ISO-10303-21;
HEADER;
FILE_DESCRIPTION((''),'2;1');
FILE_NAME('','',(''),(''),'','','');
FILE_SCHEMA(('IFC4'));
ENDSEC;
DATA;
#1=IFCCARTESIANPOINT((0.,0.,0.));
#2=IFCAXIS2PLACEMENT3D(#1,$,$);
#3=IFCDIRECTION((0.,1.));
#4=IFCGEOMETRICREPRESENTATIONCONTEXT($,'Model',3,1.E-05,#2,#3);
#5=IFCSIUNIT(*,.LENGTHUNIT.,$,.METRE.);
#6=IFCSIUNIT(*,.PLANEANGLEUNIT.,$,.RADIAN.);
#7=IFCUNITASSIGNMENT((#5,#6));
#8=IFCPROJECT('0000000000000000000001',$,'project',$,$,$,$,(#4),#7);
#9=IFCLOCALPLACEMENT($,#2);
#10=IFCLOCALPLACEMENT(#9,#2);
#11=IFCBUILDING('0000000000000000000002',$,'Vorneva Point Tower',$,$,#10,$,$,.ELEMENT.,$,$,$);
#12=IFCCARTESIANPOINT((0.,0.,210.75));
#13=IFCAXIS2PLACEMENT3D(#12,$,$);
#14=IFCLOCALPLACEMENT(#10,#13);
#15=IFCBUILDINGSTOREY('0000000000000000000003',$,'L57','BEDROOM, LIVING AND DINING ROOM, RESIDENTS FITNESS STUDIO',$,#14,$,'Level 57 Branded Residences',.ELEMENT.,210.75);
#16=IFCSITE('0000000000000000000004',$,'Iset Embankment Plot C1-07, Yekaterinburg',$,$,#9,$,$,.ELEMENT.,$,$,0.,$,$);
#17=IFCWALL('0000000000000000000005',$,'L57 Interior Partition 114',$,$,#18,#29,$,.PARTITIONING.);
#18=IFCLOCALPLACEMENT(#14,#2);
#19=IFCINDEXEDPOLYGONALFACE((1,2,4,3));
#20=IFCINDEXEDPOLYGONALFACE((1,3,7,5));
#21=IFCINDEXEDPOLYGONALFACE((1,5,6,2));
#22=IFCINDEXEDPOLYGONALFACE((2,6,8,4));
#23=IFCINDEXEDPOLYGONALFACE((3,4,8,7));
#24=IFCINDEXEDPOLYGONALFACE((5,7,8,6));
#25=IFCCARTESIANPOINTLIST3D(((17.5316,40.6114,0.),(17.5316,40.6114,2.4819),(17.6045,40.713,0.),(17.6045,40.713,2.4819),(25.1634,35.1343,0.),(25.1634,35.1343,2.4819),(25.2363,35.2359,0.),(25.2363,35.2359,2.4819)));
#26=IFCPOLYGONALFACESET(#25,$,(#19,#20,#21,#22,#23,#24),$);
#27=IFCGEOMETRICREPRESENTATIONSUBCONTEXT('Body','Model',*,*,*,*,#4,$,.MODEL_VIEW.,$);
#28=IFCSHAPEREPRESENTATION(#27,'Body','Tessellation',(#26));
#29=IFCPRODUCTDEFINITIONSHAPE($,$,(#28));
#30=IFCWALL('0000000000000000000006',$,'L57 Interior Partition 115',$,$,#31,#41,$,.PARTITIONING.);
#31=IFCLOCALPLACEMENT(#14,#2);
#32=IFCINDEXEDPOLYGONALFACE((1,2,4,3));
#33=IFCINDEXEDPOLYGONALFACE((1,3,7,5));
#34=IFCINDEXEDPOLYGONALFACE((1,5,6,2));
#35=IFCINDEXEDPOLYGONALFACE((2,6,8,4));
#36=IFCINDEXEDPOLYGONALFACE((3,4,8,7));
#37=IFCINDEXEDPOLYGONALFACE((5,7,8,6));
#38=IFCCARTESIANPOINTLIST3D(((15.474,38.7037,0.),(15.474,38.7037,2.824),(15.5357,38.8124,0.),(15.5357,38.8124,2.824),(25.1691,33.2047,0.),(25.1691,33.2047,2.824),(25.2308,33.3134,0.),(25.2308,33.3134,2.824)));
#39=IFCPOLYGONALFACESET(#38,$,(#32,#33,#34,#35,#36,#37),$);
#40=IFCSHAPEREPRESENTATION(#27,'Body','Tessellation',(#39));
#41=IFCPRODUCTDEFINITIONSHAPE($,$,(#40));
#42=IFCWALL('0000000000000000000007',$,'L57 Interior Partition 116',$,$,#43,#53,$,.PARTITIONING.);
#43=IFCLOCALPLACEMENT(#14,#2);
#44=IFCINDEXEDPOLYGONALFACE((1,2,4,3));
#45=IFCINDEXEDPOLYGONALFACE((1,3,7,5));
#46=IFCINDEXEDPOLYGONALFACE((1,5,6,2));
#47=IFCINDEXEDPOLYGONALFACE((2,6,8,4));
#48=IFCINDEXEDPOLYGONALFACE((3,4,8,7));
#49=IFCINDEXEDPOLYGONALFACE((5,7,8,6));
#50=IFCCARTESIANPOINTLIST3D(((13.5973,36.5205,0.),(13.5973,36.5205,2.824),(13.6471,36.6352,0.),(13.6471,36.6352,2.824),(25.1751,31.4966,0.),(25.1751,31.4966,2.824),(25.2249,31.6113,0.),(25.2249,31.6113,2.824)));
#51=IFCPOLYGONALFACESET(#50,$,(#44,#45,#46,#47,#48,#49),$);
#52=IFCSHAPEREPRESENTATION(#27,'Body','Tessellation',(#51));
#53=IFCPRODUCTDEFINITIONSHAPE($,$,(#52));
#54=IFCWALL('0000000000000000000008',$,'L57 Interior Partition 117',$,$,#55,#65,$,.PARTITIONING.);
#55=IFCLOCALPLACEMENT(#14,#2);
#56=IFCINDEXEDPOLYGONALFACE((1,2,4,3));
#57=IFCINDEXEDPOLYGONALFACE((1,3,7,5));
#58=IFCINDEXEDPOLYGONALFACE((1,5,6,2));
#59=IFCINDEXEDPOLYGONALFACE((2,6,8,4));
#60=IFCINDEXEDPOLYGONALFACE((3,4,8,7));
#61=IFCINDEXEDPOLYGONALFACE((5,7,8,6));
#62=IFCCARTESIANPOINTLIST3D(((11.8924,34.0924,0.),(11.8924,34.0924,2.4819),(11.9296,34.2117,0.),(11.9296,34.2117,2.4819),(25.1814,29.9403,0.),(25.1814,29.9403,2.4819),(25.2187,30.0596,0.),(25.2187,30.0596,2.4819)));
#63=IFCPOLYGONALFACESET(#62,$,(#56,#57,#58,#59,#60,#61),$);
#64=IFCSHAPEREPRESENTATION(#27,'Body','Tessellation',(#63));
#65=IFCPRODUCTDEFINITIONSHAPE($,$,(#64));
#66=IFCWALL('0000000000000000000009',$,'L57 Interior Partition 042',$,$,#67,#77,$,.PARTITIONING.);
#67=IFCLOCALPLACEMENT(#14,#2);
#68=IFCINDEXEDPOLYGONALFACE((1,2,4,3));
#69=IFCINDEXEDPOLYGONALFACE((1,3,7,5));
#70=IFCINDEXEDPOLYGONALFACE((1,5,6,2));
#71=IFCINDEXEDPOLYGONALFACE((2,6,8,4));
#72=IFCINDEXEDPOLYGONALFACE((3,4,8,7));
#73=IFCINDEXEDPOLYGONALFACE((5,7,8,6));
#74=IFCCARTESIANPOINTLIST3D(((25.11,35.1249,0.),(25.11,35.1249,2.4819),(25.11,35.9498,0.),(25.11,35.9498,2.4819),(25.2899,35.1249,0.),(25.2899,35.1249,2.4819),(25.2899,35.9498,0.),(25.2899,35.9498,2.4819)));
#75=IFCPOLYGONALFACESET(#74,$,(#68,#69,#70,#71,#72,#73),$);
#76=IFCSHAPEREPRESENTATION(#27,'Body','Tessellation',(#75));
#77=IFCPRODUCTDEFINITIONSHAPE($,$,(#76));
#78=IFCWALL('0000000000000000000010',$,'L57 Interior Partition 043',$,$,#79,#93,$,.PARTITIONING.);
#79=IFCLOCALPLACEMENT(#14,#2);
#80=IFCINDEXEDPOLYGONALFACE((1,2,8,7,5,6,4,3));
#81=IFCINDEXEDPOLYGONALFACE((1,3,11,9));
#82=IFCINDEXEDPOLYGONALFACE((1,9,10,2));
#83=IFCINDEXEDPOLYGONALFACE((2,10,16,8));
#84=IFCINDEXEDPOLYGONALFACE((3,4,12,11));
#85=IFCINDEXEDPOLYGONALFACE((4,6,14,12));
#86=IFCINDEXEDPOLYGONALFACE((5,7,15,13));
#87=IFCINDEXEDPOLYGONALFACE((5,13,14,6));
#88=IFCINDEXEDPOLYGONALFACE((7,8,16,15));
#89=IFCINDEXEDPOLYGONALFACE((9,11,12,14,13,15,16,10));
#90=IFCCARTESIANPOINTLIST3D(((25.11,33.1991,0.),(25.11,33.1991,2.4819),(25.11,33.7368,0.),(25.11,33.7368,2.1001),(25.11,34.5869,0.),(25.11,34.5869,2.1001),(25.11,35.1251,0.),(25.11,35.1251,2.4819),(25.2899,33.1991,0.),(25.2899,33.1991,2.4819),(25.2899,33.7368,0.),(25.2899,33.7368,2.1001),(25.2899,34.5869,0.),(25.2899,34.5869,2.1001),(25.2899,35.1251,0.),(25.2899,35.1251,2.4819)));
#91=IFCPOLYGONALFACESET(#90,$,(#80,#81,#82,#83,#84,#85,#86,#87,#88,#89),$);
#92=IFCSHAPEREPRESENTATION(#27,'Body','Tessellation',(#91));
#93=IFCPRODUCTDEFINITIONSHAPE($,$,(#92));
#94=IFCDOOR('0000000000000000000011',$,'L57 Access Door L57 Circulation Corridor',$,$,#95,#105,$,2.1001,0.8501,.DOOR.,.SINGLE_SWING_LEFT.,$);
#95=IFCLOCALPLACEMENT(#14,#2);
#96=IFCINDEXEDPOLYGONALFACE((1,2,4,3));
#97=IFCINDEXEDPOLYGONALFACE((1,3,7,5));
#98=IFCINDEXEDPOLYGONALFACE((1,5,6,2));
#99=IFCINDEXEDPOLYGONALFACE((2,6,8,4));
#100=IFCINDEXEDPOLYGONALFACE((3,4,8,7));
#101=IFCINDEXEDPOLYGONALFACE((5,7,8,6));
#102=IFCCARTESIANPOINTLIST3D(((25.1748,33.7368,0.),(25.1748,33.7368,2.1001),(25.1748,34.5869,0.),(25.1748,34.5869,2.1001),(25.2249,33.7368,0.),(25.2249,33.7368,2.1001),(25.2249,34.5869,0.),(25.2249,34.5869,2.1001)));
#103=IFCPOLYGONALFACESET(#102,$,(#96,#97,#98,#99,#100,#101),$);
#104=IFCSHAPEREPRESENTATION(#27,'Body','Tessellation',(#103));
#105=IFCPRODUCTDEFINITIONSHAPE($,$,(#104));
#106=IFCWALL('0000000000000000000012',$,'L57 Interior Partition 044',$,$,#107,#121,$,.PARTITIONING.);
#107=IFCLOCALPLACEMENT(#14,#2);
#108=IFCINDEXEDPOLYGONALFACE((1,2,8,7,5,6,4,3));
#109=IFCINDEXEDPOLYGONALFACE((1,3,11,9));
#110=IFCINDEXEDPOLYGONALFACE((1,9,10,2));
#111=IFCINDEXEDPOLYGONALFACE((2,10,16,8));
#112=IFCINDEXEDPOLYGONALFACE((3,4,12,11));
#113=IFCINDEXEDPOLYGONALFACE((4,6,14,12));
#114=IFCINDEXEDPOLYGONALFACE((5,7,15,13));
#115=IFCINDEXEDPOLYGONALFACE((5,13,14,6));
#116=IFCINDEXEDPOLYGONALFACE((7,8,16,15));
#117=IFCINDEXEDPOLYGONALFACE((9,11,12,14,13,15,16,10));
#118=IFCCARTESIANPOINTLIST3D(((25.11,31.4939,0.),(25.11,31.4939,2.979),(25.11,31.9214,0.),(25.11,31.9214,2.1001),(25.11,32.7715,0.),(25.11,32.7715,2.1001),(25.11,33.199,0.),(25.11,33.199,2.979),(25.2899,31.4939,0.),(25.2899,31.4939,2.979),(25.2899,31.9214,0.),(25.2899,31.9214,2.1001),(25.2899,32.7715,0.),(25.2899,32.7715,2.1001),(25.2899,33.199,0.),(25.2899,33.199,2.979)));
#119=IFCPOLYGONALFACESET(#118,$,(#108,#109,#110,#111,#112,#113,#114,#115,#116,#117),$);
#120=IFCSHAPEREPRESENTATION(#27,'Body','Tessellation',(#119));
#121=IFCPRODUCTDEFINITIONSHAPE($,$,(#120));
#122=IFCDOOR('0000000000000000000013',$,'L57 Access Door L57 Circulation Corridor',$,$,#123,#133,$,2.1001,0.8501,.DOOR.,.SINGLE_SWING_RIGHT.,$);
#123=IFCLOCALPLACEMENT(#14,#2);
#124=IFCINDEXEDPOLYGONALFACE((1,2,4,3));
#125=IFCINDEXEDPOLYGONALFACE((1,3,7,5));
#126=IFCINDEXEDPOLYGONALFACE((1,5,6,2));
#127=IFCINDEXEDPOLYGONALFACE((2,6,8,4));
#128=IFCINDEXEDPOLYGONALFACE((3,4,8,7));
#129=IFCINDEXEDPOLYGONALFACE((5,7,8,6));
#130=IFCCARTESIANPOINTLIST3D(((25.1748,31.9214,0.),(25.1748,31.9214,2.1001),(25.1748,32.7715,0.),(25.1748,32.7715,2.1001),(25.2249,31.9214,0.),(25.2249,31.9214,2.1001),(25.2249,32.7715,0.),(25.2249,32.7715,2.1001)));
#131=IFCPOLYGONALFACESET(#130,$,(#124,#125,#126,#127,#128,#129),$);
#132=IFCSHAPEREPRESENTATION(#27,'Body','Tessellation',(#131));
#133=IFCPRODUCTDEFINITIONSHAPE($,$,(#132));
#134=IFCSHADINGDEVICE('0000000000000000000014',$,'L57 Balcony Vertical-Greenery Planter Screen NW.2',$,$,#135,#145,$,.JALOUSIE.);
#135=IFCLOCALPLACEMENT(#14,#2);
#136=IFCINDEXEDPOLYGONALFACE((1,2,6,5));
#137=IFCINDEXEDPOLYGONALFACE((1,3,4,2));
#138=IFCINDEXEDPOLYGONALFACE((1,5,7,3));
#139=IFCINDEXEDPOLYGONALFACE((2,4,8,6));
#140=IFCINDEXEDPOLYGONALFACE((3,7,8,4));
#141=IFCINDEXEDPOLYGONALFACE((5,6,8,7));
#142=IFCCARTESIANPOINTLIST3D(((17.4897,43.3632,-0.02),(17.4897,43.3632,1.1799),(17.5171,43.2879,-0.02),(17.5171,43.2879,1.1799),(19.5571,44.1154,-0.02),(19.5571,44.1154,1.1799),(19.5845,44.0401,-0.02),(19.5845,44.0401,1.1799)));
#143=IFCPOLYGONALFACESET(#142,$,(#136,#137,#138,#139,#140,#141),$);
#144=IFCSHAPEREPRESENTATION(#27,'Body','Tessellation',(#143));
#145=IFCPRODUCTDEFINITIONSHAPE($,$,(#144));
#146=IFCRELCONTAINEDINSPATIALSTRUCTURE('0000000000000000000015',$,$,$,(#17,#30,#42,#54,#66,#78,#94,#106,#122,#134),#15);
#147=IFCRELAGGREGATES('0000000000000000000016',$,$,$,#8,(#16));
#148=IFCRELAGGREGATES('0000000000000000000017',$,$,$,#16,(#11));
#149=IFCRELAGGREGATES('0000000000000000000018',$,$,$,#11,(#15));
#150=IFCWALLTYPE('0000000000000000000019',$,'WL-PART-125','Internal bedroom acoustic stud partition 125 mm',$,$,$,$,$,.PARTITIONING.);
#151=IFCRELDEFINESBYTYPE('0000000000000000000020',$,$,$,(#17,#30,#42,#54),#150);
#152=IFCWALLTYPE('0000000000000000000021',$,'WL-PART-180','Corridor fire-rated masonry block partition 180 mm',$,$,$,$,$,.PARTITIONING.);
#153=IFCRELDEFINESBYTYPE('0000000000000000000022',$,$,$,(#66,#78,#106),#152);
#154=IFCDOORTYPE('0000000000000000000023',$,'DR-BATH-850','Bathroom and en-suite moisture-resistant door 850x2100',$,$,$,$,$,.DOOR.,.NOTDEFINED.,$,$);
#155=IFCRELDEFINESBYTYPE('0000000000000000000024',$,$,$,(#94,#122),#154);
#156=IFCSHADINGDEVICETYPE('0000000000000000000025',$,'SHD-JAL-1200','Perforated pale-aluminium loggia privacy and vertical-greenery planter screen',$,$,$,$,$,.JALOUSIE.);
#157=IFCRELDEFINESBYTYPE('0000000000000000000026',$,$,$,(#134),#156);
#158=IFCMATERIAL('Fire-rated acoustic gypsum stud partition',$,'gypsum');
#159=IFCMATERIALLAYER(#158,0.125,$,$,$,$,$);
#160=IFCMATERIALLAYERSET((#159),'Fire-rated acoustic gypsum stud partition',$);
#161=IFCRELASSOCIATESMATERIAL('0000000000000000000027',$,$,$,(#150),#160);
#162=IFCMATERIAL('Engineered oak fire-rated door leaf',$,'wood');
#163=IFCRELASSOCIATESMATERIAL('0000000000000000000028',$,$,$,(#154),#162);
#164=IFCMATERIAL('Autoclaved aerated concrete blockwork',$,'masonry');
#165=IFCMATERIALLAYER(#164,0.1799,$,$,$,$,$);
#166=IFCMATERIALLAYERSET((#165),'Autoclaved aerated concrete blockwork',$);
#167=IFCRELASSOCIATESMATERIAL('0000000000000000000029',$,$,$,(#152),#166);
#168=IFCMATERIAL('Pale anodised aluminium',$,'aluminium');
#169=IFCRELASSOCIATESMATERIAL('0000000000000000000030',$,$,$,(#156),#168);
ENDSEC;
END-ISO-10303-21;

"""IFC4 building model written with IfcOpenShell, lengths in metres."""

from ifc_helpers import new_model, si_unit, direction, frame, frame_2d, origin, origin_2d, place, context, subcontext, project, spatial, rectangle, extrude, material, layer, layer_set, type_object, element, fill, save


model = new_model("IFC4")

# Units and contexts
model_context = context("Model", 3, precision=1e-05, world=origin(), true_north=direction((0.0, 1.0)))
body_context = subcontext(model_context, "Body", "Model", "MODEL_VIEW")
ifc_project = project(units=[si_unit("LENGTHUNIT", "METRE"), si_unit("PLANEANGLEUNIT", "RADIAN")], contexts=[model_context])

# Site, building, storey
site_placement = place(None, origin())
site = spatial("IfcSite", under=ifc_project, at=site_placement, Name="Iset Embankment Plot C1-07, Yekaterinburg", CompositionType="ELEMENT", RefElevation=0.0)
building_placement = place(site_placement, origin())
building = spatial("IfcBuilding", under=site, at=building_placement, Name="Vorneva Point Tower", CompositionType="ELEMENT")
storey_placement = place(building_placement, frame((0.0, 0.0, 210.75)))
storey = spatial("IfcBuildingStorey", under=building, at=storey_placement, Name="L57", Description="BEDROOM, LIVING AND DINING ROOM, RESIDENTS FITNESS STUDIO", LongName="Level 57 Branded Residences", CompositionType="ELEMENT", Elevation=210.75)

# Shared definitions
ifc_material_1 = material(Name="Pale anodised aluminium", Category="aluminium")

# Shared definitions
ifc_material_2 = material(Name="Fire-rated acoustic gypsum stud partition", Category="gypsum")
ifc_layer_1 = layer(ifc_material_2, 0.125)
ifc_layer_set_1 = layer_set([ifc_layer_1], Name="Fire-rated acoustic gypsum stud partition")
wall_type_1 = type_object("IfcWallType", Name="WL-PART-125", Description="Internal bedroom acoustic stud partition 125 mm", PredefinedType="PARTITIONING", material=ifc_layer_set_1)

# Shared definitions
ifc_material_3 = material(Name="Engineered oak fire-rated door leaf", Category="wood")
door_type = type_object("IfcDoorType", Name="DR-BATH-850", Description="Bathroom and en-suite moisture-resistant door 850x2100", OperationType="NOTDEFINED", PredefinedType="DOOR", material=ifc_material_3)

# Walls
wall_1_placement = place(storey_placement, frame((17.5681, 40.6621, 0.0), z_axis=(0.0, 0.0, 1.0), x_axis=(0.812435, -0.583051, 0.0)))
element("IfcWall", 1, at=wall_1_placement, inside=storey, type_object=wall_type_1, Name="L57 Interior Partition 114", PredefinedType="PARTITIONING", context=body_context, shape_type="SweptSolid", body=[
    extrude(rectangle(XDim=9.3938, YDim=0.125, at=frame_2d((4.6968, 0.0))), origin(), (0.0, 0.0, 1.0), 2.4819),
])
wall_2_placement = place(storey_placement, frame((15.5049, 38.7581, 0.0), z_axis=(0.0, 0.0, 1.0), x_axis=(0.869824, -0.493362, 0.0)))
element("IfcWall", 2, at=wall_2_placement, inside=storey, type_object=wall_type_1, Name="L57 Interior Partition 115", PredefinedType="PARTITIONING", context=body_context, shape_type="SweptSolid", body=[
    extrude(rectangle(XDim=11.146, YDim=0.125, at=frame_2d((5.573, 0.0))), origin(), (0.0, 0.0, 1.0), 2.824),
])
wall_3_placement = place(storey_placement, frame((13.6221, 36.5779, 0.0), z_axis=(0.0, 0.0, 1.0), x_axis=(0.917358, -0.398064, 0.0)))
element("IfcWall", 3, at=wall_3_placement, inside=storey, type_object=wall_type_1, Name="L57 Interior Partition 116", PredefinedType="PARTITIONING", context=body_context, shape_type="SweptSolid", body=[
    extrude(rectangle(XDim=12.6208, YDim=0.125, at=frame_2d((6.3105, 0.0))), origin(), (0.0, 0.0, 1.0), 2.824),
])
wall_4_placement = place(storey_placement, frame((11.9109, 34.1521, 0.0), z_axis=(0.0, 0.0, 1.0), x_axis=(0.954495, -0.298227, 0.0)))
element("IfcWall", 4, at=wall_4_placement, inside=storey, type_object=wall_type_1, Name="L57 Interior Partition 117", PredefinedType="PARTITIONING", context=body_context, shape_type="SweptSolid", body=[
    extrude(rectangle(XDim=13.9226, YDim=0.125, at=frame_2d((6.9614, 0.0))), origin(), (0.0, 0.0, 1.0), 2.4819),
])
ifc_material_4 = material(Name="Autoclaved aerated concrete blockwork", Category="masonry")
ifc_layer_2 = layer(ifc_material_4, 0.1799)
ifc_layer_set_2 = layer_set([ifc_layer_2], Name="Autoclaved aerated concrete blockwork")
wall_type_2 = type_object("IfcWallType", Name="WL-PART-180", Description="Corridor fire-rated masonry block partition 180 mm", PredefinedType="PARTITIONING", material=ifc_layer_set_2)
wall_5_placement = place(storey_placement, frame((25.2, 35.95, 0.0), z_axis=(0.0, 0.0, 1.0), x_axis=(0.0, -1.0, 0.0)))
element("IfcWall", 5, at=wall_5_placement, inside=storey, type_object=wall_type_2, Name="L57 Interior Partition 042", PredefinedType="PARTITIONING", context=body_context, shape_type="SweptSolid", body=[
    extrude(rectangle(XDim=0.825, YDim=0.1799, at=frame_2d((0.4126, 0.0))), origin(), (0.0, 0.0, 1.0), 2.4819),
])

# Walls, openings, doors
wall_6_placement = place(storey_placement, frame((25.2, 35.125, 0.0), z_axis=(0.0, 0.0, 1.0), x_axis=(0.0, -1.0, 0.0)))
wall_6 = element("IfcWall", 6, at=wall_6_placement, inside=storey, type_object=wall_type_2, Name="L57 Interior Partition 043", PredefinedType="PARTITIONING", context=body_context, shape_type="SweptSolid", body=[
    extrude(rectangle(XDim=1.926, YDim=0.1799, at=frame_2d((0.9629, 0.0))), origin(), (0.0, 0.0, 1.0), 2.4819),
])
opening_1_placement = place(wall_6_placement, frame((0.5381, 0.0, 0.0)))
opening_1 = element("IfcOpeningElement", 7, at=opening_1_placement, cuts=wall_6, PredefinedType="OPENING", context=body_context, shape_type="SweptSolid", body=[
    extrude(rectangle(XDim=0.8501, YDim=2.1001, at=frame_2d((0.425, 1.05))), frame((0.0, 0.105, 0.0), z_axis=(0.0, -1.0, 0.0), x_axis=(1.0, 0.0, 0.0)), (0.0, 0.0, 1.0), 0.2097),
])
door_1_placement = place(opening_1_placement, origin())
door_1 = element("IfcDoor", 8, at=door_1_placement, inside=storey, type_object=door_type, Name="L57 Access Door L57 Circulation Corridor", OperationType="SINGLE_SWING_LEFT", OverallHeight=2.1001, OverallWidth=0.8501, PredefinedType="DOOR", context=body_context, shape_type="SweptSolid", body=[
    extrude(rectangle(XDim=0.8501, YDim=2.1001, at=frame_2d((0.425, 1.05))), frame((0.0, 0.0249, 0.0), z_axis=(0.0, -1.0, 0.0), x_axis=(1.0, 0.0, 0.0)), (0.0, 0.0, 1.0), 0.05),
])
fill(opening_1, door_1)
wall_7_placement = place(storey_placement, frame((25.2, 33.199, 0.0), z_axis=(0.0, 0.0, 1.0), x_axis=(0.0, -1.0, 0.0)))
wall_7 = element("IfcWall", 9, at=wall_7_placement, inside=storey, type_object=wall_type_2, Name="L57 Interior Partition 044", PredefinedType="PARTITIONING", context=body_context, shape_type="SweptSolid", body=[
    extrude(rectangle(XDim=1.7051, YDim=0.1799, at=frame_2d((0.8525, 0.0))), origin(), (0.0, 0.0, 1.0), 2.979),
])
opening_2_placement = place(wall_7_placement, frame((0.4275, 0.0, 0.0)))
opening_2 = element("IfcOpeningElement", 10, at=opening_2_placement, cuts=wall_7, PredefinedType="OPENING", context=body_context, shape_type="SweptSolid", body=[
    extrude(rectangle(XDim=0.8501, YDim=2.1001, at=frame_2d((0.425, 1.05))), frame((0.0, 0.105, 0.0), z_axis=(0.0, -1.0, 0.0), x_axis=(1.0, 0.0, 0.0)), (0.0, 0.0, 1.0), 0.2097),
])
door_2_placement = place(opening_2_placement, origin())
door_2 = element("IfcDoor", 11, at=door_2_placement, inside=storey, type_object=door_type, Name="L57 Access Door L57 Circulation Corridor", OperationType="SINGLE_SWING_RIGHT", OverallHeight=2.1001, OverallWidth=0.8501, PredefinedType="DOOR", context=body_context, shape_type="SweptSolid", body=[
    extrude(rectangle(XDim=0.8501, YDim=2.1001, at=frame_2d((0.425, 1.05))), frame((0.0, 0.0249, 0.0), z_axis=(0.0, -1.0, 0.0), x_axis=(1.0, 0.0, 0.0)), (0.0, 0.0, 1.0), 0.05),
])
fill(opening_2, door_2)

# Shading device
shading_device_type = type_object("IfcShadingDeviceType", Name="SHD-JAL-1200", Description="Perforated pale-aluminium loggia privacy and vertical-greenery planter screen", PredefinedType="JALOUSIE", material=ifc_material_1)
shading_device_placement = place(storey_placement, frame((18.5371, 43.7017, -0.02), z_axis=(0.0, 0.0, 1.0), x_axis=(-0.939734, -0.341905, 0.0)))
element("IfcShadingDevice", 12, at=shading_device_placement, inside=storey, type_object=shading_device_type, Name="L57 Balcony Vertical-Greenery Planter Screen NW.2", PredefinedType="JALOUSIE", context=body_context, shape_type="SweptSolid", body=[
    extrude(rectangle(XDim=2.2, YDim=0.0801, at=origin_2d()), origin(), (0.0, 0.0, 1.0), 1.2),
])

save(model, "model.ifc")
